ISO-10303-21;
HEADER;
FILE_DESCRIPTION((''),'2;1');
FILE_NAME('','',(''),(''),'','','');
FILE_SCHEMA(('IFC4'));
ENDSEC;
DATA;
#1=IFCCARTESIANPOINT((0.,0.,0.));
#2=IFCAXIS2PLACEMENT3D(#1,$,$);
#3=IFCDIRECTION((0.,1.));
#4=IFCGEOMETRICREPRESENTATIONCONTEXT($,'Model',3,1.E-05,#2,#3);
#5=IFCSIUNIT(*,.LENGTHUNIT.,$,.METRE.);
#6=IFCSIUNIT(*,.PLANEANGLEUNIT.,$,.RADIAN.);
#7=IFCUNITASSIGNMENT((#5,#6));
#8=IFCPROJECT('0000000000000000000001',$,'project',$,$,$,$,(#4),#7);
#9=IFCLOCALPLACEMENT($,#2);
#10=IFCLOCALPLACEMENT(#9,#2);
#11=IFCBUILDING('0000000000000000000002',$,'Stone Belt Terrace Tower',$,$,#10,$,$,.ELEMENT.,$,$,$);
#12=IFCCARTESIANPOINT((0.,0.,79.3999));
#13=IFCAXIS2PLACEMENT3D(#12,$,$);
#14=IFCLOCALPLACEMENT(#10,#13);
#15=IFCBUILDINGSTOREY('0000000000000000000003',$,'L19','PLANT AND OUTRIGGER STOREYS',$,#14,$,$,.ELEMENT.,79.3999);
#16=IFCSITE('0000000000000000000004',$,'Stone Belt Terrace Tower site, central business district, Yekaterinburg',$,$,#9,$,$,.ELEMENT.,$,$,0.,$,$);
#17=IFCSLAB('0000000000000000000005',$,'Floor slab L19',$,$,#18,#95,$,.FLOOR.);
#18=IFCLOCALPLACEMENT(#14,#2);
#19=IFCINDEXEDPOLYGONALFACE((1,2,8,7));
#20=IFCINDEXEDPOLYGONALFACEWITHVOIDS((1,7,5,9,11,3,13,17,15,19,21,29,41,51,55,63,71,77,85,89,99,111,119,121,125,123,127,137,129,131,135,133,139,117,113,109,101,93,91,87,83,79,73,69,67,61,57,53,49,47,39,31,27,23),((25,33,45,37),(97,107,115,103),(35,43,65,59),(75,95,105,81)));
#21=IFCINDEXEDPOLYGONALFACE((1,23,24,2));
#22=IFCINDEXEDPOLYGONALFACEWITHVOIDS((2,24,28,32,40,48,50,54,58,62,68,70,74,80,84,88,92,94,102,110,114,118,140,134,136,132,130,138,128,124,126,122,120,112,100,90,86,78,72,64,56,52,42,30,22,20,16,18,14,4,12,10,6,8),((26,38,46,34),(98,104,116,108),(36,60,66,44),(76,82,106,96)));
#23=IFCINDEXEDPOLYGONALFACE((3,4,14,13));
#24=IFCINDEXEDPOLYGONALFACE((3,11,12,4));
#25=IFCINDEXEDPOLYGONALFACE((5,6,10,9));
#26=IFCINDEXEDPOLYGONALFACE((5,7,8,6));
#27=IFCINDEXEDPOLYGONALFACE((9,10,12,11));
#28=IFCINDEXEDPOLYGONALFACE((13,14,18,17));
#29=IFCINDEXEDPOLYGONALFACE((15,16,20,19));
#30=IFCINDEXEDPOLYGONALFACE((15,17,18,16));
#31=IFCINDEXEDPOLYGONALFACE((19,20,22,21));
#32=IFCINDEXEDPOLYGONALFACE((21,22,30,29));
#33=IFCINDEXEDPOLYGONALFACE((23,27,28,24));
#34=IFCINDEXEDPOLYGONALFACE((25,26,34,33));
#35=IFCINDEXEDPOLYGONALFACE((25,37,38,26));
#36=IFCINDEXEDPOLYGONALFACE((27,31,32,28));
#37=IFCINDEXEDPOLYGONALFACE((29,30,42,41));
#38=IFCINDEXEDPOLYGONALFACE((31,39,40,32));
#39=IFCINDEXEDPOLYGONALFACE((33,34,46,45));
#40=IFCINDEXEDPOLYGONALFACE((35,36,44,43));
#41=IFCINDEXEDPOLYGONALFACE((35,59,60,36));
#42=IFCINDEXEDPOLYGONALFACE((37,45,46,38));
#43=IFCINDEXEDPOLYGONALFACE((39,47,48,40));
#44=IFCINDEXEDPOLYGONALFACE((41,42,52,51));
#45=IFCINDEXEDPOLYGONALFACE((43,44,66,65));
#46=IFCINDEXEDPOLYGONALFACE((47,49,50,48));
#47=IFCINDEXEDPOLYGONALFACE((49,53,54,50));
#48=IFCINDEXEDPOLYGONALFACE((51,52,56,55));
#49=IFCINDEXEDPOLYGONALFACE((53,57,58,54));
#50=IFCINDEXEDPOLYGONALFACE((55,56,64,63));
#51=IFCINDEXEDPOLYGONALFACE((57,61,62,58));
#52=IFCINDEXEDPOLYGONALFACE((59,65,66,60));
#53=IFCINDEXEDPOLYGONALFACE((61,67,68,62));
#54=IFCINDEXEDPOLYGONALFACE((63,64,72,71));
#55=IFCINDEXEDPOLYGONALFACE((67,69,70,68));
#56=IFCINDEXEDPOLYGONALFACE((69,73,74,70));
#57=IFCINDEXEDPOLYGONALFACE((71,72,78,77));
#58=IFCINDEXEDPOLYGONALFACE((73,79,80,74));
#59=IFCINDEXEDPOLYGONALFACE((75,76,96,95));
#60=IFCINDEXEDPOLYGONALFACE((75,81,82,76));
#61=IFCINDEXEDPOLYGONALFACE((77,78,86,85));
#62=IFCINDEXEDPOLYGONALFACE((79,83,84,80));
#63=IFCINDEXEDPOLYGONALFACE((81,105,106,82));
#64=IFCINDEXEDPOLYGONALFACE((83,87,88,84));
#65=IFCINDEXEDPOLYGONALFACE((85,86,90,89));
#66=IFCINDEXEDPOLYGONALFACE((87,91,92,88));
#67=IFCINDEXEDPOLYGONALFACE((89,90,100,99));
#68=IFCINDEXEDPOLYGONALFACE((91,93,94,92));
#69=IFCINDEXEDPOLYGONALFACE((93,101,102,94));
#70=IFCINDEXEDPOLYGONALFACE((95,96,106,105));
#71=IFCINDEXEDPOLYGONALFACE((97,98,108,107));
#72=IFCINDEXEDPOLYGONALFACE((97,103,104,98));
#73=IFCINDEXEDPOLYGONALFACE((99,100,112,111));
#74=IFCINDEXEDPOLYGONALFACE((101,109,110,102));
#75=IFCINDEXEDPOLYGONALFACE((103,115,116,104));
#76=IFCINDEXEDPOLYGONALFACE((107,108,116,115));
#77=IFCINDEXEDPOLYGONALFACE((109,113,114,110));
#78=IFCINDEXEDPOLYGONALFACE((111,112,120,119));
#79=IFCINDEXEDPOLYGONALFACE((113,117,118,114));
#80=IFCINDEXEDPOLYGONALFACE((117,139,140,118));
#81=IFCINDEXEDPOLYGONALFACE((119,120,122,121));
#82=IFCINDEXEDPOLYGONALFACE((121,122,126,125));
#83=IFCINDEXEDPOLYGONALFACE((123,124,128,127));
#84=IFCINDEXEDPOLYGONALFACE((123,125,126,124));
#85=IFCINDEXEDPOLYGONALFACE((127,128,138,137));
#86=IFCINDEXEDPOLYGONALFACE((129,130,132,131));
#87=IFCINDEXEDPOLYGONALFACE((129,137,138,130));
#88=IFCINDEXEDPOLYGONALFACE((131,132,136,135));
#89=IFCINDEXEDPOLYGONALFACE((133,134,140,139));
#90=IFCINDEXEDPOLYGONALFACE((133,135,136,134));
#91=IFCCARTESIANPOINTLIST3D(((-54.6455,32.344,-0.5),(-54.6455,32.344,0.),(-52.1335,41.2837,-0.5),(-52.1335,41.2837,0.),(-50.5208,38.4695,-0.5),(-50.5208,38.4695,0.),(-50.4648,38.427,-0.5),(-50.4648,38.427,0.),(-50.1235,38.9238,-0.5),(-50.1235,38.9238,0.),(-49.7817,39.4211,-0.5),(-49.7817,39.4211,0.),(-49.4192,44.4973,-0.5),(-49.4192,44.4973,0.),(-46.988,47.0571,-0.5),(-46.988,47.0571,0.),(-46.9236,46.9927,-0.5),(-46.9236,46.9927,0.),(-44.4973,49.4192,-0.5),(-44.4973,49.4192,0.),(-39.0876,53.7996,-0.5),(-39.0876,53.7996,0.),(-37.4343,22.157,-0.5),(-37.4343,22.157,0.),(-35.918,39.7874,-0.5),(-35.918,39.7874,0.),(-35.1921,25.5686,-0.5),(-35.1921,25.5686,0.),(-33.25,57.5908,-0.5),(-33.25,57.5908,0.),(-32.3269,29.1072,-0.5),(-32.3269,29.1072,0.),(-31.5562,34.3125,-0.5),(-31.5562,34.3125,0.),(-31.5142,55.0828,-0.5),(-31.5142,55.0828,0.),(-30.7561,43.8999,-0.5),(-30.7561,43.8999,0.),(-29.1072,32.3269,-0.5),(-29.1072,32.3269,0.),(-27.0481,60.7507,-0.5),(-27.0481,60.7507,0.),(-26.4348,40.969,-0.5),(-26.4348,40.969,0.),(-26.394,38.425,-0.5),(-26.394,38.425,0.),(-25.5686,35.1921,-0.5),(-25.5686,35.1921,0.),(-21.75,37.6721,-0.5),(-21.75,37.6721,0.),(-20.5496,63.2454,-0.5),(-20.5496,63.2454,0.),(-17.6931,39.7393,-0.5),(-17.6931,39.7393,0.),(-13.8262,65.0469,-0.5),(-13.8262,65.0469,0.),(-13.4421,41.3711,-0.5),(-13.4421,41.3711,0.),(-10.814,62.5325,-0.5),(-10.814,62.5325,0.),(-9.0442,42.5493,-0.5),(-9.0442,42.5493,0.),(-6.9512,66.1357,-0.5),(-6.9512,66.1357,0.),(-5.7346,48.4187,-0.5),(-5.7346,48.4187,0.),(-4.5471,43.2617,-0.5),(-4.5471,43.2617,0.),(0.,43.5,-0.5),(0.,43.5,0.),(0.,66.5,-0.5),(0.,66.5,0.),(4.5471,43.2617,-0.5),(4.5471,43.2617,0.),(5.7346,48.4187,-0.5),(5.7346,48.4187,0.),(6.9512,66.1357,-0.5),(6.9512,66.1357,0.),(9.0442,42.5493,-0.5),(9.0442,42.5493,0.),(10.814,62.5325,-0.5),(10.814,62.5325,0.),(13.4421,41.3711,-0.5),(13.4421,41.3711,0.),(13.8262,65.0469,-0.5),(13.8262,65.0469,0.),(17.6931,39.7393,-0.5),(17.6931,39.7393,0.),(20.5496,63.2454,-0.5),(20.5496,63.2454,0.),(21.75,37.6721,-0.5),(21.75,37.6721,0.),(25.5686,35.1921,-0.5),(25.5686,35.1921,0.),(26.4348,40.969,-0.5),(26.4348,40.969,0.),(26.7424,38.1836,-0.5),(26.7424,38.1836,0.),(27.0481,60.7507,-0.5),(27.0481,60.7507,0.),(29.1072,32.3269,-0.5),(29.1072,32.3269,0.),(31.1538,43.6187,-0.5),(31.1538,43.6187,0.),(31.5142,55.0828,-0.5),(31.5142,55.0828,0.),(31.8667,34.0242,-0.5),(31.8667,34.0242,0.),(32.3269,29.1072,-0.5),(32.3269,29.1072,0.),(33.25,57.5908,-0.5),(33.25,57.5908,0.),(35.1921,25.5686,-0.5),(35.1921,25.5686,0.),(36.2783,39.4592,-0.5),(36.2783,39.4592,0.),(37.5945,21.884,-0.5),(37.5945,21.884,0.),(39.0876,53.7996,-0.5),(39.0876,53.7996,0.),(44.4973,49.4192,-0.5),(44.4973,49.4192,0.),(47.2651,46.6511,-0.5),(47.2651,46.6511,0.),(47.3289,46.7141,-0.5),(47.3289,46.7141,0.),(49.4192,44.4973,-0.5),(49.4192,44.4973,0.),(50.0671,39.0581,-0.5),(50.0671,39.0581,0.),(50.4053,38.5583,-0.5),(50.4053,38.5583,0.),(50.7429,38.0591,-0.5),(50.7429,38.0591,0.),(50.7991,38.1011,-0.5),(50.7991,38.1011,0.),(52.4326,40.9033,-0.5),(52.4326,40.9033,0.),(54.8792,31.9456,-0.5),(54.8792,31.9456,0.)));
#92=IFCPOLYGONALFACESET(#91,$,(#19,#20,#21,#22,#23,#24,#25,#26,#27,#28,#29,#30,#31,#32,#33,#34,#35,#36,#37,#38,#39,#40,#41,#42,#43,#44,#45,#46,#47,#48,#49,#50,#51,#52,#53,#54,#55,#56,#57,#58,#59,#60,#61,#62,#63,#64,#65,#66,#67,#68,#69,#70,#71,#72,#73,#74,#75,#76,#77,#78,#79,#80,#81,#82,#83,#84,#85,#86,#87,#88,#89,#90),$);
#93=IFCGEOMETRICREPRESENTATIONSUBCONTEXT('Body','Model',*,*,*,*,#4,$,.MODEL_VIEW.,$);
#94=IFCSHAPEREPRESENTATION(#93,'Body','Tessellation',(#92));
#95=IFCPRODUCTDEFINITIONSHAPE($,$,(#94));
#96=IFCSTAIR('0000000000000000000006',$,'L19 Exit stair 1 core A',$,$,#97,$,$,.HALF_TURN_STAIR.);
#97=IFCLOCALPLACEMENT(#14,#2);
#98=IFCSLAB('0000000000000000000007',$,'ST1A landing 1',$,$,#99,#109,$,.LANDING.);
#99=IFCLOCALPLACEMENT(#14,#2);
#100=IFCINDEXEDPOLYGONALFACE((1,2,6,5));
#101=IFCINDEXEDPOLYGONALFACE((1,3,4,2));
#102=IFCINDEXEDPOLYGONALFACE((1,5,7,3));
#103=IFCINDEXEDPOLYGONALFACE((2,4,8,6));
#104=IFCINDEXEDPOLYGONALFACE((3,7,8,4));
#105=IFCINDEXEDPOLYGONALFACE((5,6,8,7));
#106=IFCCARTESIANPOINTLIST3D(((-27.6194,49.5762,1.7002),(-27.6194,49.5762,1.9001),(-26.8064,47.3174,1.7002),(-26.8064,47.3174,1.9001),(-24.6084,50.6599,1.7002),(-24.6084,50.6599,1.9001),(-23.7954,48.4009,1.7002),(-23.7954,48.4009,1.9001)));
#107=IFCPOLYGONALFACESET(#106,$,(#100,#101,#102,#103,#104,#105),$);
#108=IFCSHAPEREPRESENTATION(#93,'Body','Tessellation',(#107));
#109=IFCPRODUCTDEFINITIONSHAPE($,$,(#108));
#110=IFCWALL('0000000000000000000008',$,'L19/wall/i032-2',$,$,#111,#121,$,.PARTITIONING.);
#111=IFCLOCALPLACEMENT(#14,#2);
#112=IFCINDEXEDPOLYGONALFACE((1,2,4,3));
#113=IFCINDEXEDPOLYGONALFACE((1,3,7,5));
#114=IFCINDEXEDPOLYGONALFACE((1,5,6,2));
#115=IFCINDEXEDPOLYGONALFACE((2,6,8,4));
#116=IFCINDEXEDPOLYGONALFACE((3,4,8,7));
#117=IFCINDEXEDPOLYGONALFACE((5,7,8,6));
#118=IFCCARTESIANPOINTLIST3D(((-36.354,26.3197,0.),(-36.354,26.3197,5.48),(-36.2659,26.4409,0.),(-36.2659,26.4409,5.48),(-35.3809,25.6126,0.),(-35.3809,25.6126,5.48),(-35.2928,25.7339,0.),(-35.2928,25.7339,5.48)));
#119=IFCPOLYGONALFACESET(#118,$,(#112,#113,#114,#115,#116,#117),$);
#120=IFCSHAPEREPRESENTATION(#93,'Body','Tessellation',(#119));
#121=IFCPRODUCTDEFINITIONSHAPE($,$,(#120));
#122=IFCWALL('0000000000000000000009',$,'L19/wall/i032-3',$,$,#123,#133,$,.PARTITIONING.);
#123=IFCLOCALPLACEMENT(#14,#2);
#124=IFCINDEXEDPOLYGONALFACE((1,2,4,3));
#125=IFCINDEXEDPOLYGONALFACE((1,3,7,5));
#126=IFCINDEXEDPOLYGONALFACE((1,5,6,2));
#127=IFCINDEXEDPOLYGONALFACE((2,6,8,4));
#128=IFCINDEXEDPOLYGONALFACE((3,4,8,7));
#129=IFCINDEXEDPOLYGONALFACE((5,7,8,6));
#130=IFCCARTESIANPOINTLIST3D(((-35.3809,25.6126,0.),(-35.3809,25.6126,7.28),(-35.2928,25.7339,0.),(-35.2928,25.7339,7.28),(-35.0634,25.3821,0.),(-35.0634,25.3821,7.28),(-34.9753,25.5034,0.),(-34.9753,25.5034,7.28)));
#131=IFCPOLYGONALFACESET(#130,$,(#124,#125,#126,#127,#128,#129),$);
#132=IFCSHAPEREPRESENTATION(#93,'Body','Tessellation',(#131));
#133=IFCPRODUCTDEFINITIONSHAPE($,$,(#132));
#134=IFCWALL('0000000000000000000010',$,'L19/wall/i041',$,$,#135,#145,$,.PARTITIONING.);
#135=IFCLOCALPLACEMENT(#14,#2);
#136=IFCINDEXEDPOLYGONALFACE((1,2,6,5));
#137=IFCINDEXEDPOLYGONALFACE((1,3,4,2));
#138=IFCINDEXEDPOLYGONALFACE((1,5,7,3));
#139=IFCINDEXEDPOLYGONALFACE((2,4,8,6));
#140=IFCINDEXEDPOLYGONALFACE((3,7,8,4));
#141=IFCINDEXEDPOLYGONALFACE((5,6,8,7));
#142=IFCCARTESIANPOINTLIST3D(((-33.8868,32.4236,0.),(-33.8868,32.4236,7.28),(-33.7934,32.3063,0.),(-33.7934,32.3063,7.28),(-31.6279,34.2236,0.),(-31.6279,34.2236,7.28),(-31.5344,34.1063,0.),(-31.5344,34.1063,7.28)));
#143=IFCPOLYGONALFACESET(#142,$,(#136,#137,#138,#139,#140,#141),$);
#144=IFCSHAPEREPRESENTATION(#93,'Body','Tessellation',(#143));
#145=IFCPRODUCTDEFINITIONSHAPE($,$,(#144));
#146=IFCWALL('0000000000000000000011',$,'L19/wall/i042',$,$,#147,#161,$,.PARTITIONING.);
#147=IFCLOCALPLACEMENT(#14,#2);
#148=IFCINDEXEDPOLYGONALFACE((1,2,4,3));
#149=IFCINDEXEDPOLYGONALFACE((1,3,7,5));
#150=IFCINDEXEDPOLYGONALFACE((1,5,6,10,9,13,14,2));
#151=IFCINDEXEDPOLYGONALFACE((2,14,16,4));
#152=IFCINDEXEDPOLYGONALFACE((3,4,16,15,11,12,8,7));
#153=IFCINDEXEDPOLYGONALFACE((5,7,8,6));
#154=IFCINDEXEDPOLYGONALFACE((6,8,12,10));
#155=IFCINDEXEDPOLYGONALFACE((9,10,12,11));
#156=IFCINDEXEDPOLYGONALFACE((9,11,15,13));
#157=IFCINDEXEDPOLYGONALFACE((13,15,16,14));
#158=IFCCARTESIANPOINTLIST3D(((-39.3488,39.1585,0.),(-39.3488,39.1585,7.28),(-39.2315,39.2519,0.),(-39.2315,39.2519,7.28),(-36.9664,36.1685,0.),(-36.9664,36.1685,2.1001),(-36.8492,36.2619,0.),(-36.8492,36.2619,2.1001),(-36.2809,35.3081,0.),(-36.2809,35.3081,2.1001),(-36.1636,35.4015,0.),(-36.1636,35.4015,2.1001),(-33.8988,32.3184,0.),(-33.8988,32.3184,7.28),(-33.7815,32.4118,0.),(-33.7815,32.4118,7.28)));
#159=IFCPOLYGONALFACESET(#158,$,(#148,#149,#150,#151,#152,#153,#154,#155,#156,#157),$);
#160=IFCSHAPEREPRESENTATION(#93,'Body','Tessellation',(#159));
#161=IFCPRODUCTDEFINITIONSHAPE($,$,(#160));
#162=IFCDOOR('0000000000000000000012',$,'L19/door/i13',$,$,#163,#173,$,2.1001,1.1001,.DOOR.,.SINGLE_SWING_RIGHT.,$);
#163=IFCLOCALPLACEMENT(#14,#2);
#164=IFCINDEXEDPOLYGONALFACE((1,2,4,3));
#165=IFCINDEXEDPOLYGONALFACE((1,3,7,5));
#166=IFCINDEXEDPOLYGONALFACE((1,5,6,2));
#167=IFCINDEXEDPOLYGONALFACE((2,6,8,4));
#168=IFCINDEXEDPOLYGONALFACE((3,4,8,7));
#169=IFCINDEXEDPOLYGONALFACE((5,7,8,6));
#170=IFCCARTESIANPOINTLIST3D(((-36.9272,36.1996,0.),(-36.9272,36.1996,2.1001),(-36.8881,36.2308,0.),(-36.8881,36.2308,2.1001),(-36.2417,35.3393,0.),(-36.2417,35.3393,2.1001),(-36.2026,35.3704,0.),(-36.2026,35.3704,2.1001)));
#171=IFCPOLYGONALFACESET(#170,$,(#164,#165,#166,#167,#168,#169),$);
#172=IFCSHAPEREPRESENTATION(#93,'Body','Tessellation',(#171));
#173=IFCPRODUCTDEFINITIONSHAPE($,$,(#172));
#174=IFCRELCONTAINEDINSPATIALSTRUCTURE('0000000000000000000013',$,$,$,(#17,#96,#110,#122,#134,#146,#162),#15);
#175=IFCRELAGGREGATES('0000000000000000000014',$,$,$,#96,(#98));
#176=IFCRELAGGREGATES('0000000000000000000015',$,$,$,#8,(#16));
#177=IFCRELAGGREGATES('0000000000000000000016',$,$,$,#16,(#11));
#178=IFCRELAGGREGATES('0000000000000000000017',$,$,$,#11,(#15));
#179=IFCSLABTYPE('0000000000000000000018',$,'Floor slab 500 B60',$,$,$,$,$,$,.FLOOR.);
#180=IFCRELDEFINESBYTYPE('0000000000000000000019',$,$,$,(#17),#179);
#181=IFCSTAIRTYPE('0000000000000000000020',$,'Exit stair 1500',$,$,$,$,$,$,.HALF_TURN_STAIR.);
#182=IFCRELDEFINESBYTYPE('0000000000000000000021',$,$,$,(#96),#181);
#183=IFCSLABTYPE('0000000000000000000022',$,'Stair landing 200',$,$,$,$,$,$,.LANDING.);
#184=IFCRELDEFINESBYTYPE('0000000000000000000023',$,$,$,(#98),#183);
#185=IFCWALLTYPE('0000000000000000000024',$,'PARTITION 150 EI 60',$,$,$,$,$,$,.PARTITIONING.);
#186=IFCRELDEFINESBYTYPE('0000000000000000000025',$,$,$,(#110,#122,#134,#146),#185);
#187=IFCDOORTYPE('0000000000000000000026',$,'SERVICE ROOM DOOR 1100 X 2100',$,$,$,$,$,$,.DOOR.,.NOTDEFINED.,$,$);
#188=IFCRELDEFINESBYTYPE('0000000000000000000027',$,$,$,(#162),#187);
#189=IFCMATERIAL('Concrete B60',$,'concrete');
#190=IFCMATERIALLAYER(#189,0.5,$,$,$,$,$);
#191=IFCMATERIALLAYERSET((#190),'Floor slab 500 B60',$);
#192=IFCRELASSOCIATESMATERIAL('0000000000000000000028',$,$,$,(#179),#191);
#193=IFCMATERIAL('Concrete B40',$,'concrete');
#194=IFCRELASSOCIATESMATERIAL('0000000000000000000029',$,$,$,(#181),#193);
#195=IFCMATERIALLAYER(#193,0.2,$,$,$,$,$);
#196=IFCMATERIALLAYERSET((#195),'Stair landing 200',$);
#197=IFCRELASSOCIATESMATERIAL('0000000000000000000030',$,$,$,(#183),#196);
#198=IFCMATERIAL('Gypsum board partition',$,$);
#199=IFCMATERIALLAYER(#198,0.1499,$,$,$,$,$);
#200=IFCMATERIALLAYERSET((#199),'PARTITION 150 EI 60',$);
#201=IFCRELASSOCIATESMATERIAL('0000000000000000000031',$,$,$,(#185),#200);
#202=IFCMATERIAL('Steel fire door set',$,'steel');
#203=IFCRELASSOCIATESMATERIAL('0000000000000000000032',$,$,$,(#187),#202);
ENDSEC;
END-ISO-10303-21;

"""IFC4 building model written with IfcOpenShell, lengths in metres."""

from ifc_helpers import new_model, si_unit, direction, frame, frame_2d, origin, place, context, subcontext, project, spatial, polyline, rectangle, outline, extrude, material, layer, layer_set, type_object, element, fill, aggregate, save


model = new_model("IFC4")

# Units and contexts
model_context = context("Model", 3, precision=1e-05, world=origin(), true_north=direction((0.0, 1.0)))
body_context = subcontext(model_context, "Body", "Model", "MODEL_VIEW")
ifc_project = project(units=[si_unit("LENGTHUNIT", "METRE"), si_unit("PLANEANGLEUNIT", "RADIAN")], contexts=[model_context])

# Site, building, storey
site_placement = place(None, origin())
site = spatial("IfcSite", under=ifc_project, at=site_placement, Name="Stone Belt Terrace Tower site, central business district, Yekaterinburg", CompositionType="ELEMENT", RefElevation=0.0)
building_placement = place(site_placement, origin())
building = spatial("IfcBuilding", under=site, at=building_placement, Name="Stone Belt Terrace Tower", CompositionType="ELEMENT")
storey_placement = place(building_placement, frame((0.0, 0.0, 79.3999)))
storey = spatial("IfcBuildingStorey", under=building, at=storey_placement, Name="L19", Description="PLANT AND OUTRIGGER STOREYS", CompositionType="ELEMENT", Elevation=79.3999)

# Slab
ifc_material_1 = material(Name="Concrete B60", Category="concrete")
ifc_layer_1 = layer(ifc_material_1, 0.5)
ifc_layer_set_1 = layer_set([ifc_layer_1], Name="Floor slab 500 B60")
slab_type_1 = type_object("IfcSlabType", Name="Floor slab 500 B60", PredefinedType="FLOOR", material=ifc_layer_set_1)
slab_1_placement = place(storey_placement, frame((0.0, 0.0, -0.5)))
element("IfcSlab", 1, at=slab_1_placement, inside=storey, type_object=slab_type_1, Name="Floor slab L19", PredefinedType="FLOOR", context=body_context, shape_type="SweptSolid", body=[
    extrude(outline(polyline([(-50.4648, 38.427), (-50.5208, 38.4695), (-50.1235, 38.9238), (-49.7817, 39.4211), (-52.1335, 41.2837), (-49.4192, 44.4973), (-46.9236, 46.9927), (-46.988, 47.0571), (-44.4973, 49.4192), (-39.0876, 53.7996), (-33.25, 57.5908), (-27.0481, 60.7507), (-20.5496, 63.2454), (-13.8262, 65.0469), (-6.9512, 66.1357), (0.0, 66.5), (6.9512, 66.1357), (13.8262, 65.0469), (20.5496, 63.2454), (27.0481, 60.7507), (33.25, 57.5908), (39.0876, 53.7996), (44.4973, 49.4192), (47.3289, 46.7141), (47.2651, 46.6511), (49.4192, 44.4973), (52.4326, 40.9033), (50.0671, 39.0581), (50.4053, 38.5583), (50.7991, 38.1011), (50.7429, 38.0591), (54.8792, 31.9456), (37.5945, 21.884), (35.1921, 25.5686), (32.3269, 29.1072), (29.1072, 32.3269), (25.5686, 35.1921), (21.75, 37.6721), (17.6931, 39.7393), (13.4421, 41.3711), (9.0442, 42.5493), (4.5471, 43.2617), (0.0, 43.5), (-4.5471, 43.2617), (-9.0442, 42.5493), (-13.4421, 41.3711), (-17.6931, 39.7393), (-21.75, 37.6721), (-25.5686, 35.1921), (-29.1072, 32.3269), (-32.3269, 29.1072), (-35.1921, 25.5686), (-37.4343, 22.157), (-54.6455, 32.344), (-50.4648, 38.427)]), holes=[polyline([(-26.4348, 40.969), (-5.7346, 48.4187), (-10.814, 62.5325), (-31.5142, 55.0828), (-26.4348, 40.969)]), polyline([(10.814, 62.5325), (5.7346, 48.4187), (26.4348, 40.969), (31.5142, 55.0828), (10.814, 62.5325)]), polyline([(-35.918, 39.7874), (-31.5562, 34.3125), (-26.394, 38.425), (-30.7561, 43.8999), (-35.918, 39.7874)]), polyline([(36.2783, 39.4592), (31.1538, 43.6187), (26.7424, 38.1836), (31.8667, 34.0242), (36.2783, 39.4592)])]), origin(), (0.0, 0.0, 1.0), 0.5),
])

# Stair, slab
ifc_material_2 = material(Name="Concrete B40", Category="concrete")
stair_type = type_object("IfcStairType", Name="Exit stair 1500", PredefinedType="HALF_TURN_STAIR", material=ifc_material_2)
stair_placement = place(storey_placement, origin())
stair = element("IfcStair", 2, at=stair_placement, inside=storey, type_object=stair_type, Name="L19 Exit stair 1 core A", PredefinedType="HALF_TURN_STAIR")
ifc_layer_2 = layer(ifc_material_2, 0.2)
ifc_layer_set_2 = layer_set([ifc_layer_2], Name="Stair landing 200")
slab_type_2 = type_object("IfcSlabType", Name="Stair landing 200", PredefinedType="LANDING", material=ifc_layer_set_2)
slab_2_placement = place(storey_placement, frame((0.0, 0.0, 1.7002)))
slab_2 = element("IfcSlab", 3, at=slab_2_placement, type_object=slab_type_2, Name="ST1A landing 1", PredefinedType="LANDING", context=body_context, shape_type="SweptSolid", body=[
    extrude(outline(polyline([(-23.7954, 48.4009), (-24.6084, 50.6599), (-27.6194, 49.5762), (-26.8064, 47.3174), (-23.7954, 48.4009)])), origin(), (0.0, 0.0, 1.0), 0.2),
])
aggregate(stair, [slab_2])

# Walls
ifc_material_3 = material(Name="Gypsum board partition")
ifc_layer_3 = layer(ifc_material_3, 0.1499)
ifc_layer_set_3 = layer_set([ifc_layer_3], Name="PARTITION 150 EI 60")
wall_type_1 = type_object("IfcWallType", Name="PARTITION 150 EI 60", PredefinedType="PARTITIONING", material=ifc_layer_set_3)
wall_1_placement = place(storey_placement, frame((-36.3101, 26.3804, 0.0), z_axis=(0.0, 0.0, 1.0), x_axis=(0.809017, -0.587785, 0.0)))
element("IfcWall", 4, at=wall_1_placement, inside=storey, type_object=wall_type_1, Name="L19/wall/i032-2", PredefinedType="PARTITIONING", context=body_context, shape_type="SweptSolid", body=[
    extrude(rectangle(XDim=1.2029, YDim=0.1499, at=frame_2d((0.6016, 0.0))), origin(), (0.0, 0.0, 1.0), 5.48),
])
wall_2_placement = place(storey_placement, frame((-35.3369, 25.6733, 0.0), z_axis=(0.0, 0.0, 1.0), x_axis=(0.809167, -0.587579, 0.0)))
element("IfcWall", 5, at=wall_2_placement, inside=storey, type_object=wall_type_1, Name="L19/wall/i032-3", PredefinedType="PARTITIONING", context=body_context, shape_type="SweptSolid", body=[
    extrude(rectangle(XDim=0.3923, YDim=0.1499, at=frame_2d((0.1963, 0.0))), origin(), (0.0, 0.0, 1.0), 7.28),
])
wall_3_placement = place(storey_placement, frame((-31.5811, 34.165, 0.0), z_axis=(0.0, 0.0, 1.0), x_axis=(-0.78208, -0.623179, 0.0)))
element("IfcWall", 6, at=wall_3_placement, inside=storey, type_object=wall_type_1, Name="L19/wall/i041", PredefinedType="PARTITIONING", context=body_context, shape_type="SweptSolid", body=[
    extrude(rectangle(XDim=2.8884, YDim=0.1499, at=frame_2d((1.4443, 0.0))), origin(), (0.0, 0.0, 1.0), 7.28),
])

# Wall, opening, door
wall_4_placement = place(storey_placement, frame((-33.8401, 32.365, 0.0), z_axis=(0.0, 0.0, 1.0), x_axis=(-0.623152, 0.782101, 0.0)))
wall_4 = element("IfcWall", 7, at=wall_4_placement, inside=storey, type_object=wall_type_1, Name="L19/wall/i042", PredefinedType="PARTITIONING", context=body_context, shape_type="SweptSolid", body=[
    extrude(rectangle(XDim=8.7458, YDim=0.1499, at=frame_2d((4.373, 0.0))), origin(), (0.0, 0.0, 1.0), 7.28),
])
opening_1_placement = place(wall_4_placement, frame((3.8228, 0.0, 0.0)))
opening_1 = element("IfcOpeningElement", 8, at=opening_1_placement, cuts=wall_4, PredefinedType="OPENING", context=body_context, shape_type="SweptSolid", body=[
    extrude(rectangle(XDim=1.1001, YDim=2.1001, at=frame_2d((0.55, 1.05))), frame((0.0, 0.085, 0.0), z_axis=(0.0, -1.0, 0.0), x_axis=(1.0, 0.0, 0.0)), (0.0, 0.0, 1.0), 0.1699),
])
ifc_material_4 = material(Name="Steel fire door set", Category="steel")
door_type_1 = type_object("IfcDoorType", Name="SERVICE ROOM DOOR 1100 X 2100", OperationType="NOTDEFINED", PredefinedType="DOOR", material=ifc_material_4)
door_1_placement = place(opening_1_placement, origin())
door_1 = element("IfcDoor", 9, at=door_1_placement, inside=storey, type_object=door_type_1, Name="L19/door/i13", OperationType="SINGLE_SWING_RIGHT", OverallHeight=2.1001, OverallWidth=1.1001, PredefinedType="DOOR", context=body_context, shape_type="SweptSolid", body=[
    extrude(rectangle(XDim=1.1001, YDim=2.1001, at=frame_2d((0.55, 1.05))), frame((0.0, 0.0249, 0.0), z_axis=(0.0, -1.0, 0.0), x_axis=(1.0, 0.0, 0.0)), (0.0, 0.0, 1.0), 0.05),
])
fill(opening_1, door_1)

save(model, "model.ifc")
